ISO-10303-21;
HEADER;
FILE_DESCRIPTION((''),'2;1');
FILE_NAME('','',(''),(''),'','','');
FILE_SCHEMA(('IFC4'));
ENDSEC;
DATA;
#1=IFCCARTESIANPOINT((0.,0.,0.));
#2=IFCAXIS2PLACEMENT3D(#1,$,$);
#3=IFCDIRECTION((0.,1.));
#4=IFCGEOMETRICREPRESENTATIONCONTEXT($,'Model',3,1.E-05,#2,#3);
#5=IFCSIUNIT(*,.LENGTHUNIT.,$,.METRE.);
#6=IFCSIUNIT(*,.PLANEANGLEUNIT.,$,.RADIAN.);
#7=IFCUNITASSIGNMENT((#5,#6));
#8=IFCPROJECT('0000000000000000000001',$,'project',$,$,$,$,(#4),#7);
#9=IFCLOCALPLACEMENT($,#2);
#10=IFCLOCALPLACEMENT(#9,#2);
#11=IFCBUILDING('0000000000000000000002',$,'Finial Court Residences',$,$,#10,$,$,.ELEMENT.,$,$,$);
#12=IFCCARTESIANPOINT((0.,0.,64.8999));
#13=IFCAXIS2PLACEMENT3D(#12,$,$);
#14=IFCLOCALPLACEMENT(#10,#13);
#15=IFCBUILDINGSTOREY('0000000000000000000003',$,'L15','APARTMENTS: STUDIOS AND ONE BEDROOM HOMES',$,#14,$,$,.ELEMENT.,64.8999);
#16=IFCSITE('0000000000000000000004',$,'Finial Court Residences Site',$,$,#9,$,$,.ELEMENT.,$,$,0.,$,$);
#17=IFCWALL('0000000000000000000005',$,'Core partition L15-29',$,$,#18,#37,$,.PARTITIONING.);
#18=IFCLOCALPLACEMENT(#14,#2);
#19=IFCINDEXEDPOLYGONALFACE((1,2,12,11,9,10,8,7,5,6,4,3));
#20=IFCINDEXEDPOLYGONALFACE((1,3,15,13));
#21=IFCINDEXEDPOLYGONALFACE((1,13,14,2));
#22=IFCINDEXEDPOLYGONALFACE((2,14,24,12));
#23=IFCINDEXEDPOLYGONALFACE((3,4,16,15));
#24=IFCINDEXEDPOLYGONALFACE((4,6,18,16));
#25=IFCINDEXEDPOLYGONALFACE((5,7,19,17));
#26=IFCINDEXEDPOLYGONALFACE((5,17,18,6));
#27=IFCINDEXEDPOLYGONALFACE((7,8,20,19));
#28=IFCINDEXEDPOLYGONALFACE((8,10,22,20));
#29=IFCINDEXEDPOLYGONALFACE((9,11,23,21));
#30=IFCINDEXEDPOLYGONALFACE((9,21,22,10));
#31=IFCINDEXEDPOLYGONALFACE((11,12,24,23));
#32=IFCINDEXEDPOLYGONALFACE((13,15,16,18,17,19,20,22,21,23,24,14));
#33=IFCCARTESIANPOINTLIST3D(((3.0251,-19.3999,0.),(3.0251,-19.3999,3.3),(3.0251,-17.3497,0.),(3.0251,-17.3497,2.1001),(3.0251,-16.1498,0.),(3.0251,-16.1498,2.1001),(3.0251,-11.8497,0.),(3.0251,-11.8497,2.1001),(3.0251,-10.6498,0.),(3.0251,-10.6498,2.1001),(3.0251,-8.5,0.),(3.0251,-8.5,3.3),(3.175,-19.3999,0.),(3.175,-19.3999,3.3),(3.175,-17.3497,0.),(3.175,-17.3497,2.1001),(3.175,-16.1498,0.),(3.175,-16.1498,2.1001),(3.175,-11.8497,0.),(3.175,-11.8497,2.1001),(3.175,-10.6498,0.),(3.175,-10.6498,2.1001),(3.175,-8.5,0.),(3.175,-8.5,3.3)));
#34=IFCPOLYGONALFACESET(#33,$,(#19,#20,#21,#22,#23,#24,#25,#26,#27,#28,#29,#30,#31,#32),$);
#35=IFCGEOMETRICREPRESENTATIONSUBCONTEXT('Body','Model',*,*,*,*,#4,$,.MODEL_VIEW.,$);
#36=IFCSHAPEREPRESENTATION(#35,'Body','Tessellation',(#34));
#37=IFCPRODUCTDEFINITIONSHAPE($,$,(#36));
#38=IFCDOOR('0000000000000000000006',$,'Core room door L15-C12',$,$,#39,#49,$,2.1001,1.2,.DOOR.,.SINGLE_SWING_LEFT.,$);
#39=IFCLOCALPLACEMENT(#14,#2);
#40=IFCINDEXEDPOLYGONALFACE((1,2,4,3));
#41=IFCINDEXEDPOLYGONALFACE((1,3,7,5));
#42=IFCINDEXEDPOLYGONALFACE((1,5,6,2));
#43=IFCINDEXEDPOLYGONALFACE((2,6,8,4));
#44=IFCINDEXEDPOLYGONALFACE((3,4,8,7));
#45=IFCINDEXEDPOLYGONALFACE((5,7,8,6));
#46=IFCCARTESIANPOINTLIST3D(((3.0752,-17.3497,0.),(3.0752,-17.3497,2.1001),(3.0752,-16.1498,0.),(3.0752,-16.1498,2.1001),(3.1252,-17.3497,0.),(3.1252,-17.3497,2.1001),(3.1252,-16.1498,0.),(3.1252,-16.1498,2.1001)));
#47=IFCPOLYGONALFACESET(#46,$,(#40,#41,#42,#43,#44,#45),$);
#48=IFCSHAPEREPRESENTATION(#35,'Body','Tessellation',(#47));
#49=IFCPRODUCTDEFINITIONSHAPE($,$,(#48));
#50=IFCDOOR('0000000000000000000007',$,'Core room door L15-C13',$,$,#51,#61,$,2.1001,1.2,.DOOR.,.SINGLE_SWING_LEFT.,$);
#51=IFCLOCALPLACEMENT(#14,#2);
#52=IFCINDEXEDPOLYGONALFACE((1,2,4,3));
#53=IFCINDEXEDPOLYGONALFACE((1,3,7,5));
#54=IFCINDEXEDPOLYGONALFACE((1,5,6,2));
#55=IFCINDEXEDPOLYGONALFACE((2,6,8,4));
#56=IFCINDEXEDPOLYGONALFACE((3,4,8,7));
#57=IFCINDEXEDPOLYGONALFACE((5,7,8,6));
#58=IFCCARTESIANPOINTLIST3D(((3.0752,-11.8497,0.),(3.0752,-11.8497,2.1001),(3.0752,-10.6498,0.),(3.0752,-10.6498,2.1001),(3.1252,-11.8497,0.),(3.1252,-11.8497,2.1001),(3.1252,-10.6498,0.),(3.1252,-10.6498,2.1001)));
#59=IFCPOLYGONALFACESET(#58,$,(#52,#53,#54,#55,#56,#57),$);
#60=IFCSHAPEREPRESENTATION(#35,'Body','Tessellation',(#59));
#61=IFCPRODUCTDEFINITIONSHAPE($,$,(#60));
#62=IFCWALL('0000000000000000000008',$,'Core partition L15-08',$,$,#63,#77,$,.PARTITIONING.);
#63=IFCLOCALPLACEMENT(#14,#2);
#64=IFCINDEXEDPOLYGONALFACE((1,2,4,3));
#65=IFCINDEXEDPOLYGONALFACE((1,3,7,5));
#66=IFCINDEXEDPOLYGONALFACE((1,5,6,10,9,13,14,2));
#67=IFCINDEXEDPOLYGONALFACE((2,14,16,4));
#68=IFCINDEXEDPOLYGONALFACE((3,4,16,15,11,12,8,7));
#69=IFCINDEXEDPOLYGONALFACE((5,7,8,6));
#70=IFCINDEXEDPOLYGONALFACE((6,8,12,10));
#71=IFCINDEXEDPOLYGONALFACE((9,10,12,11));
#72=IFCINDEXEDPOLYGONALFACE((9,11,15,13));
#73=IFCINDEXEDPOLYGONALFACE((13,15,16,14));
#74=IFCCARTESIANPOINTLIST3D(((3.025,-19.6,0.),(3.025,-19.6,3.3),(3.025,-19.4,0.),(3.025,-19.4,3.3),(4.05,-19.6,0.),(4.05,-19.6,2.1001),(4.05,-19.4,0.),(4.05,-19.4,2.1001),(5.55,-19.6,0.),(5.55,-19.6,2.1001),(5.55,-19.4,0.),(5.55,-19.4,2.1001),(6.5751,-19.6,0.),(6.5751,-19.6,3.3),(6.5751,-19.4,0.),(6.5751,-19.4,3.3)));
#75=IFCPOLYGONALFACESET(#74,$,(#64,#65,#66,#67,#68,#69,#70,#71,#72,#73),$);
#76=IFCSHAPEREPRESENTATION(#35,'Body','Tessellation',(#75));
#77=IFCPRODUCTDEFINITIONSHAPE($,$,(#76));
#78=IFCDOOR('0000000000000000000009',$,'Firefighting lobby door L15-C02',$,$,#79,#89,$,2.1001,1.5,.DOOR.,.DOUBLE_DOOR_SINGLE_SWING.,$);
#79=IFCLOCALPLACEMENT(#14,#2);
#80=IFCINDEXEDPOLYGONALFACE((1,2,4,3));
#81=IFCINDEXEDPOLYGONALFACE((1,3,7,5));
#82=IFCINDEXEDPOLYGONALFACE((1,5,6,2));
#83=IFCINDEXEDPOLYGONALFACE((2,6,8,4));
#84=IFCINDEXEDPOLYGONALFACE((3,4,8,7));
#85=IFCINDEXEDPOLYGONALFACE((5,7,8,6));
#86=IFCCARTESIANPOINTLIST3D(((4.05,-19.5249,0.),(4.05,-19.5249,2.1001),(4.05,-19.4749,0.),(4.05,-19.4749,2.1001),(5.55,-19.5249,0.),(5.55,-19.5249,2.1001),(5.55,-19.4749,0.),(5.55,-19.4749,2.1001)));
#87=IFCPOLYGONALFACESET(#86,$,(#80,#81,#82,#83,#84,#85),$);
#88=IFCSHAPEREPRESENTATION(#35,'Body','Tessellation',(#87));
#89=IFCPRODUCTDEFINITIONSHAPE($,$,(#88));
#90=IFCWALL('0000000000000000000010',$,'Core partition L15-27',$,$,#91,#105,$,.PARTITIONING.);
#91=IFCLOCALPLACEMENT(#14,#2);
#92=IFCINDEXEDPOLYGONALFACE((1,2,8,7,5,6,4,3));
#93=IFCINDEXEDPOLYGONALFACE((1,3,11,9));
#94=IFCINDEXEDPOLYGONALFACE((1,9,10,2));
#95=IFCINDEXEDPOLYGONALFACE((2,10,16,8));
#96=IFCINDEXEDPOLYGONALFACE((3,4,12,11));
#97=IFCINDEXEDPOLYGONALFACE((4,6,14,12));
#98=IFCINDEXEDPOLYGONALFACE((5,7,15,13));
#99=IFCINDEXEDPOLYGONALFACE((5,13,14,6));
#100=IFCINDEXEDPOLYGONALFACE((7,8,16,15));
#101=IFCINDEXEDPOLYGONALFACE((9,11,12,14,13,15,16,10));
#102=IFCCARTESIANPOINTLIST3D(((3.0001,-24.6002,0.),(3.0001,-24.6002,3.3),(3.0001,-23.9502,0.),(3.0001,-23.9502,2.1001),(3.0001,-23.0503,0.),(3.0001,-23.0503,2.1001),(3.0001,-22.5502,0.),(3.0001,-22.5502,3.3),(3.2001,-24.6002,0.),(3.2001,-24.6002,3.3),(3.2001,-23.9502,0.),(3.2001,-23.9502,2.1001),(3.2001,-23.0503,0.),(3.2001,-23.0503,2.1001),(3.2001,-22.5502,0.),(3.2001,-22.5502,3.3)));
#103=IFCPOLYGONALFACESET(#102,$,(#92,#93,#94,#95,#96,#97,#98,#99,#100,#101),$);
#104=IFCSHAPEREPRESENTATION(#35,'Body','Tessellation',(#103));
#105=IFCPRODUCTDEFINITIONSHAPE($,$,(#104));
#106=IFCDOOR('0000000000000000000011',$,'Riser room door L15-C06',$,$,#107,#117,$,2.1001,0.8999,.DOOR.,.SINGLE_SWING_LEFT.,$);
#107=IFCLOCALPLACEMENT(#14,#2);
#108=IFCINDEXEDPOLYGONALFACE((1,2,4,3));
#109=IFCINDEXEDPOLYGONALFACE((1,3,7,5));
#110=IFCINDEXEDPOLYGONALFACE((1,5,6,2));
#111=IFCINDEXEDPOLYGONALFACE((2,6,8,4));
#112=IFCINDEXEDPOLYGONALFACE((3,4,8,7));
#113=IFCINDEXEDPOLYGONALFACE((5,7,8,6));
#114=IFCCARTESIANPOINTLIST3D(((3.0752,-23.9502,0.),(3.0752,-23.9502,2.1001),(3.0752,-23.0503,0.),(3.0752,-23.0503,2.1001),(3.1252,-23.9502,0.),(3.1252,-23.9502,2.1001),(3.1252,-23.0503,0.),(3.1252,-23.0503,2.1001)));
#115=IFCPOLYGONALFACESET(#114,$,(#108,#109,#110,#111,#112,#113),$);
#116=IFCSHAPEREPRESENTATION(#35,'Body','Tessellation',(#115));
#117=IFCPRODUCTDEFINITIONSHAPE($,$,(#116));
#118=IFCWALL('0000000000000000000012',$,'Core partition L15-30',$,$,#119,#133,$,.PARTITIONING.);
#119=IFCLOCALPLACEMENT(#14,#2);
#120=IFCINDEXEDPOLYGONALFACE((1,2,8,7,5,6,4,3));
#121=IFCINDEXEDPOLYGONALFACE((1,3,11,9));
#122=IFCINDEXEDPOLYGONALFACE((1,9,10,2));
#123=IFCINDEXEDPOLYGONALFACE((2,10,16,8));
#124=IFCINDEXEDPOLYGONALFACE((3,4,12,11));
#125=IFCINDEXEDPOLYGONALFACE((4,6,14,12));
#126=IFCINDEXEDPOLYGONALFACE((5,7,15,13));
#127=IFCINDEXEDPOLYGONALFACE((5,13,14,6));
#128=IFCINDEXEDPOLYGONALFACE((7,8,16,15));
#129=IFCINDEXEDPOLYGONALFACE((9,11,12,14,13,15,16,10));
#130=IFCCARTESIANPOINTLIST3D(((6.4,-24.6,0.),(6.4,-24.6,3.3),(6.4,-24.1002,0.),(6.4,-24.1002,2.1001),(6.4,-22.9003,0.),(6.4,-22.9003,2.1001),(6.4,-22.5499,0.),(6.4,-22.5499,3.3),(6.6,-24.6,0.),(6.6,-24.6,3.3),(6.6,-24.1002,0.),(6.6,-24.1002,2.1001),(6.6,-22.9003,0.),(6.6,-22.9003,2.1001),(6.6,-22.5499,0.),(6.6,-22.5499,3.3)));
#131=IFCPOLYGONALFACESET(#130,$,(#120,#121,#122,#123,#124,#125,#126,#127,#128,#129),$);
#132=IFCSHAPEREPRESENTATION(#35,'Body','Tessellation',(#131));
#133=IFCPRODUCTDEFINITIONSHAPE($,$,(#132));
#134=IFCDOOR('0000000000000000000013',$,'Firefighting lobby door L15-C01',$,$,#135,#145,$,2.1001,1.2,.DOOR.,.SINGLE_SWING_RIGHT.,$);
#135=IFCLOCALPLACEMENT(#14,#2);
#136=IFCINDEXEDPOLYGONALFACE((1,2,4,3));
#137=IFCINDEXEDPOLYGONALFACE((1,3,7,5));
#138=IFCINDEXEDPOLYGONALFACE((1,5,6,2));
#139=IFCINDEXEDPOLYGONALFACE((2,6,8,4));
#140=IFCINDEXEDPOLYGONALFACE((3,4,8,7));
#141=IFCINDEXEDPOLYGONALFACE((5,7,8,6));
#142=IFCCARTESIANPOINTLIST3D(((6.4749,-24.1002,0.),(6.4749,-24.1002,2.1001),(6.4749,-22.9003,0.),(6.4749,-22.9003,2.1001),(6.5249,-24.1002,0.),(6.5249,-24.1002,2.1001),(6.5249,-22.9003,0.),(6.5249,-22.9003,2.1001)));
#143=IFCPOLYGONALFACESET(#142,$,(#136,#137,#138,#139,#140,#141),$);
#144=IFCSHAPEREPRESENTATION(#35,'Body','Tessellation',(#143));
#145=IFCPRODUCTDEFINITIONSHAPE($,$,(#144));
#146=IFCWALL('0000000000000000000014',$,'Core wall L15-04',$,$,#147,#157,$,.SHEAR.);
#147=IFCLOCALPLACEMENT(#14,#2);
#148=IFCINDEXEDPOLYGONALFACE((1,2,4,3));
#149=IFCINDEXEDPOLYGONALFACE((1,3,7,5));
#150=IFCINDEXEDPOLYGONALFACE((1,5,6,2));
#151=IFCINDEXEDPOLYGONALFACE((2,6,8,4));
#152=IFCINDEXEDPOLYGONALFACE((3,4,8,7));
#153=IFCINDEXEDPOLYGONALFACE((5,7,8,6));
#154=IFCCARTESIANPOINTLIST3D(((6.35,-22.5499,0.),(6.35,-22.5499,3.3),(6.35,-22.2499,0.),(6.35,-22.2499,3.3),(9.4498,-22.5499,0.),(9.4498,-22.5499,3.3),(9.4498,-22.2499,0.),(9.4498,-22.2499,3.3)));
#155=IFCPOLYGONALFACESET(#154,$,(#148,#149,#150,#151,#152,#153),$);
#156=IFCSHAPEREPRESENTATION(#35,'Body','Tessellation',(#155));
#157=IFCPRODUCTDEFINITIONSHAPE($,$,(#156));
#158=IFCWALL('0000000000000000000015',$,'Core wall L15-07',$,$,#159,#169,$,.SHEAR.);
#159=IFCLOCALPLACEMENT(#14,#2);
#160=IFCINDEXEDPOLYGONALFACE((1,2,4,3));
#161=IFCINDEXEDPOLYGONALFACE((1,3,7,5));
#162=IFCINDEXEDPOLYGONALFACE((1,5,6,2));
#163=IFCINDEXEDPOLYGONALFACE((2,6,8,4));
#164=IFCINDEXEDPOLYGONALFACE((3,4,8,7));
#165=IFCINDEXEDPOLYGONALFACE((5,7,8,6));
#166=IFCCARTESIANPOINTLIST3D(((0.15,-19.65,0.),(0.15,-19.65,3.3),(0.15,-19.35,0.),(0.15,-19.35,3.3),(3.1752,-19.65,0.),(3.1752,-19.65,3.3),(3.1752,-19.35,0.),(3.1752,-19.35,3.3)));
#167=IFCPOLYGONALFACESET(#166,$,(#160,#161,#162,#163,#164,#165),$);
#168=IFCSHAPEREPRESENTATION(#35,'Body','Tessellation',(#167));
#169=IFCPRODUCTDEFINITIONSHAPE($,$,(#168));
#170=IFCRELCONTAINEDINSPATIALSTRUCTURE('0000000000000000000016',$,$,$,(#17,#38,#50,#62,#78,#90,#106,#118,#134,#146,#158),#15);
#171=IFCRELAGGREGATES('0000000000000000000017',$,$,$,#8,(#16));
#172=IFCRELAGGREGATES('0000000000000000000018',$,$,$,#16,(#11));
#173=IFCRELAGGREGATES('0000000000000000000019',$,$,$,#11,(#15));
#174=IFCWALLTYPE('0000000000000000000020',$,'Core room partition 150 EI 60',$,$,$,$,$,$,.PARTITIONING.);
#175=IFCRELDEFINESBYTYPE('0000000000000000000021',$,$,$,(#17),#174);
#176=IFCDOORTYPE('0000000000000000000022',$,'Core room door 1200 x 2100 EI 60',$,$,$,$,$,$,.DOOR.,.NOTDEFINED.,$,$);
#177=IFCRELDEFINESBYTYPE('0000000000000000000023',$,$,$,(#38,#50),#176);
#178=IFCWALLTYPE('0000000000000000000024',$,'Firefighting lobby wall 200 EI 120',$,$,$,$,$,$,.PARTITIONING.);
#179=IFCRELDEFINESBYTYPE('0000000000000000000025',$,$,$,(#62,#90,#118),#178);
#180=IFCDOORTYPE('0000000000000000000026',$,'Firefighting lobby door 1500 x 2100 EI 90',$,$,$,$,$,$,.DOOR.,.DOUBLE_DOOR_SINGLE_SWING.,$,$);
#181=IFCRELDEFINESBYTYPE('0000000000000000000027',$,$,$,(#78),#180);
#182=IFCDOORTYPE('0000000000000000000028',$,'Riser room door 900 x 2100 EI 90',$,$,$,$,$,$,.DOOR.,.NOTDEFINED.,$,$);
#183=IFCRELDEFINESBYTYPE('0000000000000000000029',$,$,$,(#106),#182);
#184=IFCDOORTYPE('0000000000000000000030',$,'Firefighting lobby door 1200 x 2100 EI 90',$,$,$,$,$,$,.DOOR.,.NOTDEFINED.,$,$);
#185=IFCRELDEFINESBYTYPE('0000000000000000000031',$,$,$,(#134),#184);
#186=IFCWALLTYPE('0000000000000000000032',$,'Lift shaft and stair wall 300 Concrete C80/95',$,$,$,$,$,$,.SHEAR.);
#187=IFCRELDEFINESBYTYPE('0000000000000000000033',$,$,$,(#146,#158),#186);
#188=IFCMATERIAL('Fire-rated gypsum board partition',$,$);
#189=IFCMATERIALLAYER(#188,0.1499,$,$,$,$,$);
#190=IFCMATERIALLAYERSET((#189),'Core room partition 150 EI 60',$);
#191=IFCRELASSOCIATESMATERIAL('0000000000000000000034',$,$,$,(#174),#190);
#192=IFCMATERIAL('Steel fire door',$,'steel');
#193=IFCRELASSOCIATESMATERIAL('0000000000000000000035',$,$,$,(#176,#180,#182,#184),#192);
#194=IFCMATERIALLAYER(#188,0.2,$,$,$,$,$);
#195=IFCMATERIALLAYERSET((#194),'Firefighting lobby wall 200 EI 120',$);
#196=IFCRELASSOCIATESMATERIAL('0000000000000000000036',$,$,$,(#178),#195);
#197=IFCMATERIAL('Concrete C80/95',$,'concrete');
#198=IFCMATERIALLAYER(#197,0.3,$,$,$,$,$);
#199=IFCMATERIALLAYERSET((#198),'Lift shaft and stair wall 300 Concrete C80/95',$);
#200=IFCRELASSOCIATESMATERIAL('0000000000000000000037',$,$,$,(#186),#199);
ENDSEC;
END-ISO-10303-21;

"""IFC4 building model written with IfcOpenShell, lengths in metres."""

from ifc_helpers import new_model, si_unit, direction, frame, frame_2d, origin, place, context, subcontext, project, spatial, rectangle, extrude, material, layer, layer_set, type_object, element, fill, save


model = new_model("IFC4")

# Units and contexts
model_context = context("Model", 3, precision=1e-05, world=origin(), true_north=direction((0.0, 1.0)))
body_context = subcontext(model_context, "Body", "Model", "MODEL_VIEW")
ifc_project = project(units=[si_unit("LENGTHUNIT", "METRE"), si_unit("PLANEANGLEUNIT", "RADIAN")], contexts=[model_context])

# Site, building, storey
site_placement = place(None, origin())
site = spatial("IfcSite", under=ifc_project, at=site_placement, Name="Finial Court Residences Site", CompositionType="ELEMENT", RefElevation=0.0)
building_placement = place(site_placement, origin())
building = spatial("IfcBuilding", under=site, at=building_placement, Name="Finial Court Residences", CompositionType="ELEMENT")
storey_placement = place(building_placement, frame((0.0, 0.0, 64.8999)))
storey = spatial("IfcBuildingStorey", under=building, at=storey_placement, Name="L15", Description="APARTMENTS: STUDIOS AND ONE BEDROOM HOMES", CompositionType="ELEMENT", Elevation=64.8999)

# Wall, openings, doors
ifc_material_1 = material(Name="Fire-rated gypsum board partition")
ifc_layer_1 = layer(ifc_material_1, 0.1499)
ifc_layer_set_1 = layer_set([ifc_layer_1], Name="Core room partition 150 EI 60")
wall_type_1 = type_object("IfcWallType", Name="Core room partition 150 EI 60", PredefinedType="PARTITIONING", material=ifc_layer_set_1)
wall_1_placement = place(storey_placement, frame((3.1001, -19.3999, 0.0), z_axis=(0.0, 0.0, 1.0), x_axis=(0.0, 1.0, 0.0)))
wall_1 = element("IfcWall", 1, at=wall_1_placement, inside=storey, type_object=wall_type_1, Name="Core partition L15-29", PredefinedType="PARTITIONING", context=body_context, shape_type="SweptSolid", body=[
    extrude(rectangle(XDim=10.8999, YDim=0.1499, at=frame_2d((5.45, 0.0))), origin(), (0.0, 0.0, 1.0), 3.3),
])
opening_1_placement = place(wall_1_placement, frame((2.05, 0.0, 0.0)))
opening_1 = element("IfcOpeningElement", 2, at=opening_1_placement, cuts=wall_1, PredefinedType="OPENING", context=body_context, shape_type="SweptSolid", body=[
    extrude(rectangle(XDim=1.2, YDim=2.1001, at=frame_2d((0.6001, 1.05))), frame((0.0, 0.085, 0.0), z_axis=(0.0, -1.0, 0.0), x_axis=(1.0, 0.0, 0.0)), (0.0, 0.0, 1.0), 0.1699),
])
opening_2_placement = place(wall_1_placement, frame((7.55, 0.0, 0.0)))
opening_2 = element("IfcOpeningElement", 3, at=opening_2_placement, cuts=wall_1, PredefinedType="OPENING", context=body_context, shape_type="SweptSolid", body=[
    extrude(rectangle(XDim=1.2, YDim=2.1001, at=frame_2d((0.6001, 1.05))), frame((0.0, 0.085, 0.0), z_axis=(0.0, -1.0, 0.0), x_axis=(1.0, 0.0, 0.0)), (0.0, 0.0, 1.0), 0.1699),
])
ifc_material_2 = material(Name="Steel fire door", Category="steel")
door_type_1 = type_object("IfcDoorType", Name="Core room door 1200 x 2100 EI 60", OperationType="NOTDEFINED", PredefinedType="DOOR", material=ifc_material_2)
door_1_placement = place(opening_1_placement, origin())
door_1 = element("IfcDoor", 4, at=door_1_placement, inside=storey, type_object=door_type_1, Name="Core room door L15-C12", OperationType="SINGLE_SWING_LEFT", OverallHeight=2.1001, OverallWidth=1.2, PredefinedType="DOOR", context=body_context, shape_type="SweptSolid", body=[
    extrude(rectangle(XDim=1.2, YDim=2.1001, at=frame_2d((0.6001, 1.05))), frame((0.0, 0.0249, 0.0), z_axis=(0.0, -1.0, 0.0), x_axis=(1.0, 0.0, 0.0)), (0.0, 0.0, 1.0), 0.05),
])
fill(opening_1, door_1)
door_2_placement = place(opening_2_placement, origin())
door_2 = element("IfcDoor", 5, at=door_2_placement, inside=storey, type_object=door_type_1, Name="Core room door L15-C13", OperationType="SINGLE_SWING_LEFT", OverallHeight=2.1001, OverallWidth=1.2, PredefinedType="DOOR", context=body_context, shape_type="SweptSolid", body=[
    extrude(rectangle(XDim=1.2, YDim=2.1001, at=frame_2d((0.6001, 1.05))), frame((0.0, 0.0249, 0.0), z_axis=(0.0, -1.0, 0.0), x_axis=(1.0, 0.0, 0.0)), (0.0, 0.0, 1.0), 0.05),
])
fill(opening_2, door_2)

# Walls, openings, doors
ifc_layer_2 = layer(ifc_material_1, 0.2)
ifc_layer_set_2 = layer_set([ifc_layer_2], Name="Firefighting lobby wall 200 EI 120")
wall_type_2 = type_object("IfcWallType", Name="Firefighting lobby wall 200 EI 120", PredefinedType="PARTITIONING", material=ifc_layer_set_2)
wall_2_placement = place(storey_placement, frame((6.575, -19.5, 0.0), z_axis=(0.0, 0.0, 1.0), x_axis=(-1.0, 0.0, 0.0)))
wall_2 = element("IfcWall", 6, at=wall_2_placement, inside=storey, type_object=wall_type_2, Name="Core partition L15-08", PredefinedType="PARTITIONING", context=body_context, shape_type="SweptSolid", body=[
    extrude(rectangle(XDim=3.55, YDim=0.2, at=frame_2d((1.7749, 0.0))), origin(), (0.0, 0.0, 1.0), 3.3),
])
opening_3_placement = place(wall_2_placement, frame((1.0249, 0.0, 0.0)))
opening_3 = element("IfcOpeningElement", 7, at=opening_3_placement, cuts=wall_2, PredefinedType="OPENING", context=body_context, shape_type="SweptSolid", body=[
    extrude(rectangle(XDim=1.5, YDim=2.1001, at=frame_2d((0.75, 1.05))), frame((0.0, 0.1099, 0.0), z_axis=(0.0, -1.0, 0.0), x_axis=(1.0, 0.0, 0.0)), (0.0, 0.0, 1.0), 0.22),
])
door_type_2 = type_object("IfcDoorType", Name="Firefighting lobby door 1500 x 2100 EI 90", OperationType="DOUBLE_DOOR_SINGLE_SWING", PredefinedType="DOOR", material=ifc_material_2)
door_3_placement = place(opening_3_placement, origin())
door_3 = element("IfcDoor", 8, at=door_3_placement, inside=storey, type_object=door_type_2, Name="Firefighting lobby door L15-C02", OperationType="DOUBLE_DOOR_SINGLE_SWING", OverallHeight=2.1001, OverallWidth=1.5, PredefinedType="DOOR", context=body_context, shape_type="SweptSolid", body=[
    extrude(rectangle(XDim=1.5, YDim=2.1001, at=frame_2d((0.75, 1.05))), frame((0.0, 0.0249, 0.0), z_axis=(0.0, -1.0, 0.0), x_axis=(1.0, 0.0, 0.0)), (0.0, 0.0, 1.0), 0.05),
])
fill(opening_3, door_3)
wall_3_placement = place(storey_placement, frame((3.1001, -24.6001, 0.0), z_axis=(0.0, 0.0, 1.0), x_axis=(0.0, 1.0, 0.0)))
wall_3 = element("IfcWall", 9, at=wall_3_placement, inside=storey, type_object=wall_type_2, Name="Core partition L15-27", PredefinedType="PARTITIONING", context=body_context, shape_type="SweptSolid", body=[
    extrude(rectangle(XDim=2.05, YDim=0.2, at=frame_2d((1.0249, 0.0))), origin(), (0.0, 0.0, 1.0), 3.3),
])
opening_4_placement = place(wall_3_placement, frame((0.6499, 0.0, 0.0)))
opening_4 = element("IfcOpeningElement", 10, at=opening_4_placement, cuts=wall_3, PredefinedType="OPENING", context=body_context, shape_type="SweptSolid", body=[
    extrude(rectangle(XDim=0.8999, YDim=2.1001, at=frame_2d((0.45, 1.05))), frame((0.0, 0.1099, 0.0), z_axis=(0.0, -1.0, 0.0), x_axis=(1.0, 0.0, 0.0)), (0.0, 0.0, 1.0), 0.22),
])
door_type_3 = type_object("IfcDoorType", Name="Riser room door 900 x 2100 EI 90", OperationType="NOTDEFINED", PredefinedType="DOOR", material=ifc_material_2)
door_4_placement = place(opening_4_placement, origin())
door_4 = element("IfcDoor", 11, at=door_4_placement, inside=storey, type_object=door_type_3, Name="Riser room door L15-C06", OperationType="SINGLE_SWING_LEFT", OverallHeight=2.1001, OverallWidth=0.8999, PredefinedType="DOOR", context=body_context, shape_type="SweptSolid", body=[
    extrude(rectangle(XDim=0.8999, YDim=2.1001, at=frame_2d((0.45, 1.05))), frame((0.0, 0.0249, 0.0), z_axis=(0.0, -1.0, 0.0), x_axis=(1.0, 0.0, 0.0)), (0.0, 0.0, 1.0), 0.05),
])
fill(opening_4, door_4)
wall_4_placement = place(storey_placement, frame((6.5, -22.55, 0.0), z_axis=(0.0, 0.0, 1.0), x_axis=(0.0, -1.0, 0.0)))
wall_4 = element("IfcWall", 12, at=wall_4_placement, inside=storey, type_object=wall_type_2, Name="Core partition L15-30", PredefinedType="PARTITIONING", context=body_context, shape_type="SweptSolid", body=[
    extrude(rectangle(XDim=2.05, YDim=0.2, at=frame_2d((1.0249, 0.0))), origin(), (0.0, 0.0, 1.0), 3.3),
])
opening_5_placement = place(wall_4_placement, frame((0.3501, 0.0, 0.0)))
opening_5 = element("IfcOpeningElement", 13, at=opening_5_placement, cuts=wall_4, PredefinedType="OPENING", context=body_context, shape_type="SweptSolid", body=[
    extrude(rectangle(XDim=1.2, YDim=2.1001, at=frame_2d((0.6001, 1.05))), frame((0.0, 0.1099, 0.0), z_axis=(0.0, -1.0, 0.0), x_axis=(1.0, 0.0, 0.0)), (0.0, 0.0, 1.0), 0.22),
])
door_type_4 = type_object("IfcDoorType", Name="Firefighting lobby door 1200 x 2100 EI 90", OperationType="NOTDEFINED", PredefinedType="DOOR", material=ifc_material_2)
door_5_placement = place(opening_5_placement, origin())
door_5 = element("IfcDoor", 14, at=door_5_placement, inside=storey, type_object=door_type_4, Name="Firefighting lobby door L15-C01", OperationType="SINGLE_SWING_RIGHT", OverallHeight=2.1001, OverallWidth=1.2, PredefinedType="DOOR", context=body_context, shape_type="SweptSolid", body=[
    extrude(rectangle(XDim=1.2, YDim=2.1001, at=frame_2d((0.6001, 1.05))), frame((0.0, 0.0249, 0.0), z_axis=(0.0, -1.0, 0.0), x_axis=(1.0, 0.0, 0.0)), (0.0, 0.0, 1.0), 0.05),
])
fill(opening_5, door_5)

# Walls
ifc_material_3 = material(Name="Concrete C80/95", Category="concrete")
ifc_layer_3 = layer(ifc_material_3, 0.3)
ifc_layer_set_3 = layer_set([ifc_layer_3], Name="Lift shaft and stair wall 300 Concrete C80/95")
wall_type_3 = type_object("IfcWallType", Name="Lift shaft and stair wall 300 Concrete C80/95", PredefinedType="SHEAR", material=ifc_layer_set_3)
wall_5_placement = place(storey_placement, frame((6.3501, -22.3999, 0.0), z_axis=(0.0, 0.0, 1.0), x_axis=(1.0, 0.0, 0.0)))
element("IfcWall", 15, at=wall_5_placement, inside=storey, type_object=wall_type_3, Name="Core wall L15-04", PredefinedType="SHEAR", context=body_context, shape_type="SweptSolid", body=[
    extrude(rectangle(XDim=3.0999, YDim=0.3, at=frame_2d((1.5498, 0.0))), origin(), (0.0, 0.0, 1.0), 3.3),
])
wall_6_placement = place(storey_placement, frame((0.1499, -19.5, 0.0), z_axis=(0.0, 0.0, 1.0), x_axis=(1.0, 0.0, 0.0)))
element("IfcWall", 16, at=wall_6_placement, inside=storey, type_object=wall_type_3, Name="Core wall L15-07", PredefinedType="SHEAR", context=body_context, shape_type="SweptSolid", body=[
    extrude(rectangle(XDim=3.0251, YDim=0.3, at=frame_2d((1.5127, 0.0))), origin(), (0.0, 0.0, 1.0), 3.3),
])

save(model, "model.ifc")
